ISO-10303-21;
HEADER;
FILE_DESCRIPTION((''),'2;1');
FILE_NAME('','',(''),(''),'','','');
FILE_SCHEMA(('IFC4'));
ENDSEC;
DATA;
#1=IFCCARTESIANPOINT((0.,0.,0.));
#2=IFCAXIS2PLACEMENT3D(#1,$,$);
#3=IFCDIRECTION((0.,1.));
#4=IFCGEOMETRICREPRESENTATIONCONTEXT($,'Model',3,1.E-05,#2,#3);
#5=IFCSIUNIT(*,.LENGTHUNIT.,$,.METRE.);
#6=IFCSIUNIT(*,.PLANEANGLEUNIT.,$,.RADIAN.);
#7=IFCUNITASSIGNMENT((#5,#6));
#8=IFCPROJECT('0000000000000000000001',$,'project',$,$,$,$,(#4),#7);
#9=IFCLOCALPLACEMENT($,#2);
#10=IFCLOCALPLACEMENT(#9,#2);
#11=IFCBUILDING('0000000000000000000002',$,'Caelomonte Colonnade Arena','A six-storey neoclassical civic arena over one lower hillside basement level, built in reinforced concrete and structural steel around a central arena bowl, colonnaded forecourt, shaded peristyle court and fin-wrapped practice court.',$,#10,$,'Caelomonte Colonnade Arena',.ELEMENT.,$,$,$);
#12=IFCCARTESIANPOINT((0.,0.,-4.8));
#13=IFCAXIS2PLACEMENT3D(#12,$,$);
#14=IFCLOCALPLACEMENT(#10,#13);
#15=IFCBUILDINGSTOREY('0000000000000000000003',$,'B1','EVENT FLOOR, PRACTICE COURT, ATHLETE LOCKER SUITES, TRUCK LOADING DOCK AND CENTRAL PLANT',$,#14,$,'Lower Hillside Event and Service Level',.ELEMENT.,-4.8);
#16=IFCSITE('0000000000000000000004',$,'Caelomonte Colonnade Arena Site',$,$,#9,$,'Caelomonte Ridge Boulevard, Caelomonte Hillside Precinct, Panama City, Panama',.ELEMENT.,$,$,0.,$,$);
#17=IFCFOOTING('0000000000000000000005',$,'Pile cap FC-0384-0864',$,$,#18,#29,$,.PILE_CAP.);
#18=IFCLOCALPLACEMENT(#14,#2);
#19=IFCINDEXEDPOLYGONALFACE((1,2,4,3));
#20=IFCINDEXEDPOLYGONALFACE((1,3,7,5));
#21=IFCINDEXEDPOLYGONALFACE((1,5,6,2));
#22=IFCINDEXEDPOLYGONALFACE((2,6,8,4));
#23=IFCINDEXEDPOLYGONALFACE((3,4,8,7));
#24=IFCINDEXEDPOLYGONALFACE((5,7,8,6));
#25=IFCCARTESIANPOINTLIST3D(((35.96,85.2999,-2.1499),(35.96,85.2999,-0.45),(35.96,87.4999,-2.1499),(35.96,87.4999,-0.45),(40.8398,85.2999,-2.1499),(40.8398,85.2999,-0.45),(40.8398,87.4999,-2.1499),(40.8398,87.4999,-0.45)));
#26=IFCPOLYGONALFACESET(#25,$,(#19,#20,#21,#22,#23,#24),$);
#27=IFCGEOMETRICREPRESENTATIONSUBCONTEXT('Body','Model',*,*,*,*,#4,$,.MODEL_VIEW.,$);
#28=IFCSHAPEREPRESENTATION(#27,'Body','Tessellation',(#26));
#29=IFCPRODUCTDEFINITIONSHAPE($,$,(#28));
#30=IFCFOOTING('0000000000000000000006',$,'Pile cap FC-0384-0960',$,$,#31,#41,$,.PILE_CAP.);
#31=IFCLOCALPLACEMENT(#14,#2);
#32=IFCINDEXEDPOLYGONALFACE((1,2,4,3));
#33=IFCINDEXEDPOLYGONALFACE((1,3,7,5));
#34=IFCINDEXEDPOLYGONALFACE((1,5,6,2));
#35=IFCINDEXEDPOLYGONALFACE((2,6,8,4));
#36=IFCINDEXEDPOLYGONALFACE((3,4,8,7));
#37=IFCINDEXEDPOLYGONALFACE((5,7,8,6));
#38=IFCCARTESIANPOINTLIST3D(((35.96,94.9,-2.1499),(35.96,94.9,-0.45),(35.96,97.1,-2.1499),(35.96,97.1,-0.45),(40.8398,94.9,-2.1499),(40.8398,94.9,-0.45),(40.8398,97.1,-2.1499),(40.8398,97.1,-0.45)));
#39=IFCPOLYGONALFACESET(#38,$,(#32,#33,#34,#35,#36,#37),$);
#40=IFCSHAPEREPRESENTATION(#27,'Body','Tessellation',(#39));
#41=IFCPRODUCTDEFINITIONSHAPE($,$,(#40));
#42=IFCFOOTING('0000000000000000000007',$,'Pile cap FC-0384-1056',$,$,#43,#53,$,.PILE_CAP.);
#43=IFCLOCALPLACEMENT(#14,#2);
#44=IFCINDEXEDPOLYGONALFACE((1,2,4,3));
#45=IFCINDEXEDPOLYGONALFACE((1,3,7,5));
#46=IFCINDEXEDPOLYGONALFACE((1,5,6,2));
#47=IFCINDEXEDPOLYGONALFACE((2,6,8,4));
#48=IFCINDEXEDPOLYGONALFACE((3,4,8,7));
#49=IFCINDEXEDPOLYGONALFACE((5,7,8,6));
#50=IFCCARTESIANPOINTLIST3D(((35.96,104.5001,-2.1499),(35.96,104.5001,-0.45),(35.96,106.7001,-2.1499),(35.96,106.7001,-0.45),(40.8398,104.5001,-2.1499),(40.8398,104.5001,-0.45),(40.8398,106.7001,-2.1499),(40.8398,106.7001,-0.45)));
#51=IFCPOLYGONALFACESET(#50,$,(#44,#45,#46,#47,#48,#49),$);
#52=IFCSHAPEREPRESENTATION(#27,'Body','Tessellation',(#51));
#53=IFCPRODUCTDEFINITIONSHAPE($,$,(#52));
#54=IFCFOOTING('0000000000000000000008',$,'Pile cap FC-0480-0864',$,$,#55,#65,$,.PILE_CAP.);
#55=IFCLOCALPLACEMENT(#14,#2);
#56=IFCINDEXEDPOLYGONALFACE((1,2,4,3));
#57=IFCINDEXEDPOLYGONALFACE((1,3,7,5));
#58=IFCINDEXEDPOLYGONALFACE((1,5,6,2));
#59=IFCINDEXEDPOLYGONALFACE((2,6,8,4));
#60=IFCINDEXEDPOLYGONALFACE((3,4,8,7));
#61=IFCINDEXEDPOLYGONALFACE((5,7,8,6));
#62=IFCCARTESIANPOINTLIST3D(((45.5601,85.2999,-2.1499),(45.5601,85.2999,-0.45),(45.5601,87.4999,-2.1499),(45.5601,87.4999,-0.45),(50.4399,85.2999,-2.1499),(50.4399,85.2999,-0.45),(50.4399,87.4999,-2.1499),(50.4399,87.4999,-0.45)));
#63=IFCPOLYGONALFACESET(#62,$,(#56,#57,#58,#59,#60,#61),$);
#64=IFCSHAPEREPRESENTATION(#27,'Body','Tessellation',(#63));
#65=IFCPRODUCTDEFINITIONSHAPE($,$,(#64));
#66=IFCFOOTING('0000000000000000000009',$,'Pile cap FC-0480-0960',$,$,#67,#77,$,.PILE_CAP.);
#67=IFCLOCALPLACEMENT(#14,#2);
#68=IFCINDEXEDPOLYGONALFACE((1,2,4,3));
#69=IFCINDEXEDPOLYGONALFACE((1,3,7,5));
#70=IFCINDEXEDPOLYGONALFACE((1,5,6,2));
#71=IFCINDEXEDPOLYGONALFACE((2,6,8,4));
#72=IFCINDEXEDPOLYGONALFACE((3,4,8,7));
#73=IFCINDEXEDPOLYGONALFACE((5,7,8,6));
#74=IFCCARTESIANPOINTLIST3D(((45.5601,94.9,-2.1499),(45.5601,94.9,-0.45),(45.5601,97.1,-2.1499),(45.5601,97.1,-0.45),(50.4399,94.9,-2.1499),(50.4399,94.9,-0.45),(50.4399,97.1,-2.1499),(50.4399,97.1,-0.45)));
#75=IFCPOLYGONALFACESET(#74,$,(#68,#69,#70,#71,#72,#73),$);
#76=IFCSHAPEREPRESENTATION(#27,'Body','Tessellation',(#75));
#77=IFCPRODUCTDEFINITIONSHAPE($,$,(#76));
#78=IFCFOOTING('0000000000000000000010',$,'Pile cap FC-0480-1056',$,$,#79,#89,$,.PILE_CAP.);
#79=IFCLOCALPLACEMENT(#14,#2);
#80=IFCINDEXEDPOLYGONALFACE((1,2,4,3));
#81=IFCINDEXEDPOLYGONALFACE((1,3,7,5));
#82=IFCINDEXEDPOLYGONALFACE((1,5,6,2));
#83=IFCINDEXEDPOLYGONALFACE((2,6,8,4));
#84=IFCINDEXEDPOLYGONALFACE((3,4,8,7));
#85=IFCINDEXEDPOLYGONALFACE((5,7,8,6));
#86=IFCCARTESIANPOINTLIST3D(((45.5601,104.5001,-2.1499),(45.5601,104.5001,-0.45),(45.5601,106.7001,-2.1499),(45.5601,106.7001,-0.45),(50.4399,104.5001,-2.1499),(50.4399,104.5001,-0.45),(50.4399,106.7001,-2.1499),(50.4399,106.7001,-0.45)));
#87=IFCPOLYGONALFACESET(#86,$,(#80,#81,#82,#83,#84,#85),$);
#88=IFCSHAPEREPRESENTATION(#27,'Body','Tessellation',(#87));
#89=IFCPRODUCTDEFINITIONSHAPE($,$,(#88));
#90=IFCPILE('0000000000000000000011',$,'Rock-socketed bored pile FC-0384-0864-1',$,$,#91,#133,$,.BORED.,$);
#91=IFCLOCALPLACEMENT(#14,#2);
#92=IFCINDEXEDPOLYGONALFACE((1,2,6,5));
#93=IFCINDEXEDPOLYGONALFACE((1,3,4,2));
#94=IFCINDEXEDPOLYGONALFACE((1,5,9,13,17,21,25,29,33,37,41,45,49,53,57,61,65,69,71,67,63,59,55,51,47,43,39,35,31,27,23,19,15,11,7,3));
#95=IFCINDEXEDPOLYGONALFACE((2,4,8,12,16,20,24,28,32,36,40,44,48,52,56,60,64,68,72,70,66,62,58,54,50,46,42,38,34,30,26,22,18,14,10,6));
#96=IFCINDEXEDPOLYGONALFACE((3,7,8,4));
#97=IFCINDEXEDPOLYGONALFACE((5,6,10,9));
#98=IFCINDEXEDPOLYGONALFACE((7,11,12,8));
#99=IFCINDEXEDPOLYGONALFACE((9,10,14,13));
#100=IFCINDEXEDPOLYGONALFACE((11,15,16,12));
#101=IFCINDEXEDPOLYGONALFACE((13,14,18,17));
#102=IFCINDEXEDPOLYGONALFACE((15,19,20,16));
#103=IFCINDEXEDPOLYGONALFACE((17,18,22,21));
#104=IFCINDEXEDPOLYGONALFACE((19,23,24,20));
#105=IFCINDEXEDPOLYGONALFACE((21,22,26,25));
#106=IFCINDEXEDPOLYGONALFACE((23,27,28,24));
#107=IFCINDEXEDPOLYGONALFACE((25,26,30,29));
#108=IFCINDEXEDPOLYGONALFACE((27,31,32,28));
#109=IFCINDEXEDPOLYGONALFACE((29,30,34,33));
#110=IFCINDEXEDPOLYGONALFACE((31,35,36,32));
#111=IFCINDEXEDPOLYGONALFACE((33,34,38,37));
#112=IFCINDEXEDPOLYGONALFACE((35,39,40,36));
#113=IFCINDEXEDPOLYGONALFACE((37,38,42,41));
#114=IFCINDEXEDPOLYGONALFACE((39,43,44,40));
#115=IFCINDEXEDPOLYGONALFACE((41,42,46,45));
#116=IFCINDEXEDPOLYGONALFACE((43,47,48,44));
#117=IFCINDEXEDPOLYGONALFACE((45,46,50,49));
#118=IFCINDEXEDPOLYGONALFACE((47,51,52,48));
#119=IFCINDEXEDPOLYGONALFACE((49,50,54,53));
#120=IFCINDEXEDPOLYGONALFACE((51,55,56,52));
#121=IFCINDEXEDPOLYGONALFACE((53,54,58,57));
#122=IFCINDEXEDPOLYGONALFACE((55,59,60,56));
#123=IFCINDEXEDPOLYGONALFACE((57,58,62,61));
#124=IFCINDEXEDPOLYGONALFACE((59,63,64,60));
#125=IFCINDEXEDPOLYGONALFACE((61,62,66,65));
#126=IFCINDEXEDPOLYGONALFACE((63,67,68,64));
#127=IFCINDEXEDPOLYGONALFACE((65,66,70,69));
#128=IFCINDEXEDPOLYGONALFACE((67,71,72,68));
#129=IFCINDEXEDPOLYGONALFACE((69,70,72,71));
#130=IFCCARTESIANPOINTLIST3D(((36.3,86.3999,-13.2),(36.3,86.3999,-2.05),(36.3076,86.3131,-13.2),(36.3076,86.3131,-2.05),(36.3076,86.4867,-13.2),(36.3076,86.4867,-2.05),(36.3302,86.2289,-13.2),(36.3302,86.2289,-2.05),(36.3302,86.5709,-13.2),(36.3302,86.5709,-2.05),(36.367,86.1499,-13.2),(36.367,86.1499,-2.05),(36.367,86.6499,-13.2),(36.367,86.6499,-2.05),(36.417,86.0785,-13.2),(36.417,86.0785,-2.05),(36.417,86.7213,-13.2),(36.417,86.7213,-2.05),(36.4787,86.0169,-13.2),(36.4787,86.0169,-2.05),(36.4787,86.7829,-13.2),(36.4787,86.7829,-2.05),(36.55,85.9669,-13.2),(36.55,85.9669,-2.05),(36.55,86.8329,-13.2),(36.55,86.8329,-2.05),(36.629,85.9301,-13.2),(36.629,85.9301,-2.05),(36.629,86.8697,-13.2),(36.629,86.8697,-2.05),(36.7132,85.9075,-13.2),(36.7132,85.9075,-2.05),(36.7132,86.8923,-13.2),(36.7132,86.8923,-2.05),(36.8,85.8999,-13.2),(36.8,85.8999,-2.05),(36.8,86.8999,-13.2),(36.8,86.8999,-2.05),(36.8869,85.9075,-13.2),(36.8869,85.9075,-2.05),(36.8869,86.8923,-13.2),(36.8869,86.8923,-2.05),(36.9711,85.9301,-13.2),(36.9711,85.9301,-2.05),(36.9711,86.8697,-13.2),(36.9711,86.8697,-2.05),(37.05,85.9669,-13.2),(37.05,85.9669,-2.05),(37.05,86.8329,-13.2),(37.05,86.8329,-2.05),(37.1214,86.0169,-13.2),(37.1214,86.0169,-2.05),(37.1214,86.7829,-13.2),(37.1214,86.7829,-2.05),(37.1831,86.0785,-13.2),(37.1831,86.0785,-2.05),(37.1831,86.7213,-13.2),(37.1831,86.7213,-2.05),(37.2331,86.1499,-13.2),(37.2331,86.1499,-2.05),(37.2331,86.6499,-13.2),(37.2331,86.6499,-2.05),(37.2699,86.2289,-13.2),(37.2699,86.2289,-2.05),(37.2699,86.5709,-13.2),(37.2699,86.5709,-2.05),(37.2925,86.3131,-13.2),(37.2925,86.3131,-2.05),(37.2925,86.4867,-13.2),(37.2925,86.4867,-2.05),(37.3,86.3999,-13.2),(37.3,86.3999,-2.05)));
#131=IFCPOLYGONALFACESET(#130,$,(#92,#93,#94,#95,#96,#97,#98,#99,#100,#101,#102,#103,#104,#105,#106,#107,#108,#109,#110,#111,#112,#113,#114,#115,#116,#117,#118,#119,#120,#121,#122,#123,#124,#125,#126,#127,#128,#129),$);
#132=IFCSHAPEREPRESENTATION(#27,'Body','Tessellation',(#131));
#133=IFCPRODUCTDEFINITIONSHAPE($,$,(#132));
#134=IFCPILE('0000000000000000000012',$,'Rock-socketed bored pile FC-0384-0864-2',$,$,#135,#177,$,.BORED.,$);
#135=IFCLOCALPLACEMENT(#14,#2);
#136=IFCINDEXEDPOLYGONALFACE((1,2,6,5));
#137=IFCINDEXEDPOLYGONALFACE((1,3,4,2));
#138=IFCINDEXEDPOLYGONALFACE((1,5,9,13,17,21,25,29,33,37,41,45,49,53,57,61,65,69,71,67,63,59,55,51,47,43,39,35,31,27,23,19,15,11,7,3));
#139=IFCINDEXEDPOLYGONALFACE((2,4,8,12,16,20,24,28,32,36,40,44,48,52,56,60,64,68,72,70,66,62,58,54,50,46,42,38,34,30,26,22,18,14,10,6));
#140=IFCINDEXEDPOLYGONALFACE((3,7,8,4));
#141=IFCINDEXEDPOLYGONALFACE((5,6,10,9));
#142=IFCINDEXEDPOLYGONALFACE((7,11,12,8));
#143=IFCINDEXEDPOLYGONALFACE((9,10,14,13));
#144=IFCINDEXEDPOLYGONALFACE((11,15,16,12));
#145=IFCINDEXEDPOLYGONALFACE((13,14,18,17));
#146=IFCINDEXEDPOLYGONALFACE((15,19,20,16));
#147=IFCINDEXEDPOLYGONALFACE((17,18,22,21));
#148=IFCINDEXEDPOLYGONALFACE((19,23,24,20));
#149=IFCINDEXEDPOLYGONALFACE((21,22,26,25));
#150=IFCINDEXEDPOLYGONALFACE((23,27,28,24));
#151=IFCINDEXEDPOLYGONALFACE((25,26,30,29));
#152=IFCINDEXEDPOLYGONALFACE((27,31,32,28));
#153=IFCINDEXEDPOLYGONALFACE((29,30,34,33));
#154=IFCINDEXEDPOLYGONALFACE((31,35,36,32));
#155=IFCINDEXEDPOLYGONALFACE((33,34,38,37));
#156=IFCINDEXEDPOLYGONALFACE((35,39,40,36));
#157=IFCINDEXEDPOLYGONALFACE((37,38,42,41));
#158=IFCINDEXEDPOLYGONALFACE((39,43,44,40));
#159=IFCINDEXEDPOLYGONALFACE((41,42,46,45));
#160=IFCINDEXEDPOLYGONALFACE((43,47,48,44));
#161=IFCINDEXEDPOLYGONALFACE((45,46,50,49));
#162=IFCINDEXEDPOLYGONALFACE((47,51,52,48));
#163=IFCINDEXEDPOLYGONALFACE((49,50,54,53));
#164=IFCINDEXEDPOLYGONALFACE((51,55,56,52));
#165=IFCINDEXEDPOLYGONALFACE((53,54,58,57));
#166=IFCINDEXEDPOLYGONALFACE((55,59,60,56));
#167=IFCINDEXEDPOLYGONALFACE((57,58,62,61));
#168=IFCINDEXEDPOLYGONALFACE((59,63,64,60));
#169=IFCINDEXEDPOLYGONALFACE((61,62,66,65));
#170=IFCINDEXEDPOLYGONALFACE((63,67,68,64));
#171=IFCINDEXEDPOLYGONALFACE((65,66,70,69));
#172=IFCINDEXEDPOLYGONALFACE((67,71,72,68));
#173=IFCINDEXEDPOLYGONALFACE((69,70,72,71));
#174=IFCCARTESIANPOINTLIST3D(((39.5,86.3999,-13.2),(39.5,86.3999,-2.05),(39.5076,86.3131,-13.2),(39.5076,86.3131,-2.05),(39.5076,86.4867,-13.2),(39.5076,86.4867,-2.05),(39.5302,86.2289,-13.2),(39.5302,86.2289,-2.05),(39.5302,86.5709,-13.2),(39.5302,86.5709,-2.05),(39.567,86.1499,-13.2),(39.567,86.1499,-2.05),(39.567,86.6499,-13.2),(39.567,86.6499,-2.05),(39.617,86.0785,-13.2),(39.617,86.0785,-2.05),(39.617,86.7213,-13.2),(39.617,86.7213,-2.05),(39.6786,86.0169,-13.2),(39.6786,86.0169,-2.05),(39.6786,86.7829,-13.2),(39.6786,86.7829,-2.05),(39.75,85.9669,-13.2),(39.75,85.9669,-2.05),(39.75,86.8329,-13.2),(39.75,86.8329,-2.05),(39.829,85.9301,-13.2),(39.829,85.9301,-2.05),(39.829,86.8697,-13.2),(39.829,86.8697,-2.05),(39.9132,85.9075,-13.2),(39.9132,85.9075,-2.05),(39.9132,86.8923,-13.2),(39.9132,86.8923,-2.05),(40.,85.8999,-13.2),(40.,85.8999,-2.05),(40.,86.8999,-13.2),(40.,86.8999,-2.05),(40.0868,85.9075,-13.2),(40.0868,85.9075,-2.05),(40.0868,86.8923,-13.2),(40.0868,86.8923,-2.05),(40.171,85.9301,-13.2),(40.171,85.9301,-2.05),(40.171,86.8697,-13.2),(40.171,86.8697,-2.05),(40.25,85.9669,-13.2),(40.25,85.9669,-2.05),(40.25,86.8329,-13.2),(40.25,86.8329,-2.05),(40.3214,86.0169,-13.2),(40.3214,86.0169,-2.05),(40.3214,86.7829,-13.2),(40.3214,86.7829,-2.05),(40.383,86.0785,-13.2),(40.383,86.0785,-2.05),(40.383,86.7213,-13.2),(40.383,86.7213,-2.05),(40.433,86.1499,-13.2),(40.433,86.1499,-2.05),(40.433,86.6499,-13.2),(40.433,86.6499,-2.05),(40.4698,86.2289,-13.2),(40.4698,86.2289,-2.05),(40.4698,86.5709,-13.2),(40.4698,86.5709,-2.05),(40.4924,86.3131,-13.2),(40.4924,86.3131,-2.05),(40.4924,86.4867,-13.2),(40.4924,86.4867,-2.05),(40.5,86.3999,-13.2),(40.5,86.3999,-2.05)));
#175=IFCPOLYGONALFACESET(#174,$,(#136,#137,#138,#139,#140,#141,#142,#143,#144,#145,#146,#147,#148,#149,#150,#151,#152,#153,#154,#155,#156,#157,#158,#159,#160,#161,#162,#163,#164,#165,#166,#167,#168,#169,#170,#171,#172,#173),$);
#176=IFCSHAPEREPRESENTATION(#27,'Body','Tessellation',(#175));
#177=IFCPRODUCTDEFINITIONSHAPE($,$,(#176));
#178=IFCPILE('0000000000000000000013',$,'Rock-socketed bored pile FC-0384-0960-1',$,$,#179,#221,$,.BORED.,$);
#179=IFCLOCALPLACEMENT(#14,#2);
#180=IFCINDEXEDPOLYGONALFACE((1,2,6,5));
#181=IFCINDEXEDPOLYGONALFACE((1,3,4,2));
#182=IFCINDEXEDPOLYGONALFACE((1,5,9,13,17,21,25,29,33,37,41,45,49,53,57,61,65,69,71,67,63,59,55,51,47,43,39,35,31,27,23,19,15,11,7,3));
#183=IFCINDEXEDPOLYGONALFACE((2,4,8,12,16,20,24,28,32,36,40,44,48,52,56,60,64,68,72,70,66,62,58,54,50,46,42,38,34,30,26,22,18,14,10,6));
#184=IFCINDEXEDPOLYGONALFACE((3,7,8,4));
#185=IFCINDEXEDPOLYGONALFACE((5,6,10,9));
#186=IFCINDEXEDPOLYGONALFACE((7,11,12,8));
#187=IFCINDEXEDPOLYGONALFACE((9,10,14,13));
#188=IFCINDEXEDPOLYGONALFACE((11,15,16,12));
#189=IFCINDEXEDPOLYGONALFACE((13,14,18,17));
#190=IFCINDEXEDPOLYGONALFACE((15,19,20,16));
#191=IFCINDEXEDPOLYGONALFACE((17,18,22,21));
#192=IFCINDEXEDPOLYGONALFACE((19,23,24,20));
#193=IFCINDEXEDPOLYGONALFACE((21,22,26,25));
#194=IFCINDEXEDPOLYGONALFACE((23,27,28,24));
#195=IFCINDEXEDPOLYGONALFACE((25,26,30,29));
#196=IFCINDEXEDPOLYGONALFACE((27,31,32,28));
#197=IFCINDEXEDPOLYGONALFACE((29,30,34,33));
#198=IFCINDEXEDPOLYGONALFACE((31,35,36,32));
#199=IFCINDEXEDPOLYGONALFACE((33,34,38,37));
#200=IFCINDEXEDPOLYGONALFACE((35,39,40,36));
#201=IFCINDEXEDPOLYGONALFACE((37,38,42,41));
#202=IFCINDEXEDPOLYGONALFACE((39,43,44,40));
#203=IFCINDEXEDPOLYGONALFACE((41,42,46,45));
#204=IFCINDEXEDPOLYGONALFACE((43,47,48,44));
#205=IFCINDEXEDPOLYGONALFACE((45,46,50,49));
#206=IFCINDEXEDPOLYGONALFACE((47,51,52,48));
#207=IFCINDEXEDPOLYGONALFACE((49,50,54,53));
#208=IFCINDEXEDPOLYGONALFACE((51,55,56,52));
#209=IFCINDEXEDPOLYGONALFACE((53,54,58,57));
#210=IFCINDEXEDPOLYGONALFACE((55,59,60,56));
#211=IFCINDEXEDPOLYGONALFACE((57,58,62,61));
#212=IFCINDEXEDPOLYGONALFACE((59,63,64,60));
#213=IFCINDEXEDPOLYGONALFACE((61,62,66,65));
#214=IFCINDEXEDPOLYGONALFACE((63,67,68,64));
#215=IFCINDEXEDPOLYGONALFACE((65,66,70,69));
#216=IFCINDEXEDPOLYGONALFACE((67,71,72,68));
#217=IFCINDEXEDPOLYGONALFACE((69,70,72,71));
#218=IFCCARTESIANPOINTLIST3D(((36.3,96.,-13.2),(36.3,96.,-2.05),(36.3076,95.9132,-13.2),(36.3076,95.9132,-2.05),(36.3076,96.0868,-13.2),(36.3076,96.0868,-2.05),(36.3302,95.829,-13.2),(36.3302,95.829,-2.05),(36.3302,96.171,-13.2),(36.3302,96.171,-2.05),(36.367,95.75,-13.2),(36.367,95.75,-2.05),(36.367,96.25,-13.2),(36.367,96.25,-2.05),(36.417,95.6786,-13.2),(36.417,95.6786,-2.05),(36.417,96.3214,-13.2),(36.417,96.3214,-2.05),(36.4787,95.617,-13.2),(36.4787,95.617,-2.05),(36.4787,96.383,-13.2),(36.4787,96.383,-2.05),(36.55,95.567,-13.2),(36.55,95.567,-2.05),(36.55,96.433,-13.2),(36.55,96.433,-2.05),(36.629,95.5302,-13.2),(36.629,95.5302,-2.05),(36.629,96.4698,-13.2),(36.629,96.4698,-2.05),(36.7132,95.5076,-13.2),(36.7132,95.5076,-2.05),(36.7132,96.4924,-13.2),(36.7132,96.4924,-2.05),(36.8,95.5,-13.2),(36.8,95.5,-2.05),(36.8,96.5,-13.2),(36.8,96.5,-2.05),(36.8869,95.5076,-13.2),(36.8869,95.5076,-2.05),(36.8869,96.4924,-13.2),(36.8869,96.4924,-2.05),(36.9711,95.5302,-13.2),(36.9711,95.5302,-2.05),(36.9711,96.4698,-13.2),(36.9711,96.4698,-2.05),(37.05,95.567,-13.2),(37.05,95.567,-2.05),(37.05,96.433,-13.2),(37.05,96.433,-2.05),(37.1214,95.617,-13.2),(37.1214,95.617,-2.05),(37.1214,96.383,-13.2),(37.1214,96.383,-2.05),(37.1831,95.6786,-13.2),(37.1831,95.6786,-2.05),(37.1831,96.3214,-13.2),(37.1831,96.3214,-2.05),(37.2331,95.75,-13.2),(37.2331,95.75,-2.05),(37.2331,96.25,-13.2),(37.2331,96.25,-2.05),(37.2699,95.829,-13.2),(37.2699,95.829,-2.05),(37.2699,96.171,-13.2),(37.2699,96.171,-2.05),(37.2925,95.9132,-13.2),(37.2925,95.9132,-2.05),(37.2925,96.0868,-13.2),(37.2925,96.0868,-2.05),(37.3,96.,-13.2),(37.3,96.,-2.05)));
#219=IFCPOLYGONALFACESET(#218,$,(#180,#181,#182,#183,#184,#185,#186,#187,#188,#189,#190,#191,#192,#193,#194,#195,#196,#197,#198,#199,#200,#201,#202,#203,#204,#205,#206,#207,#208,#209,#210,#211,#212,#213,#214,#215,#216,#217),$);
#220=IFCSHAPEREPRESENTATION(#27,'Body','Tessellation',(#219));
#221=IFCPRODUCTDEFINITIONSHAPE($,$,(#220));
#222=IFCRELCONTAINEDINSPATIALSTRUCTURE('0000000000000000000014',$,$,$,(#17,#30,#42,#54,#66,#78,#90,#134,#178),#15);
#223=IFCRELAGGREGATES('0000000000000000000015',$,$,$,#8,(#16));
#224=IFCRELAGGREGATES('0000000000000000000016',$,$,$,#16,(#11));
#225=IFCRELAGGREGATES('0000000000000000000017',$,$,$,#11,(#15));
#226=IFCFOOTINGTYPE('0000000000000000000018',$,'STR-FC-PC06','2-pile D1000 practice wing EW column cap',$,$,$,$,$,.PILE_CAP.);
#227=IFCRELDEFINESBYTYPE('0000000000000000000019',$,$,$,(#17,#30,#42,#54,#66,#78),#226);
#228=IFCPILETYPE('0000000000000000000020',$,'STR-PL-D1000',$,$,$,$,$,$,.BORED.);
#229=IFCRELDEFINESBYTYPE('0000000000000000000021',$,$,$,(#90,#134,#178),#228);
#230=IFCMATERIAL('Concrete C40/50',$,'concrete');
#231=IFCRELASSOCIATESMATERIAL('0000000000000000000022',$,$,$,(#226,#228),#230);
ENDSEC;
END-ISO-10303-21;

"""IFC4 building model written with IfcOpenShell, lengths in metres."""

from ifc_helpers import new_model, si_unit, direction, frame, origin, origin_2d, place, context, subcontext, project, spatial, rectangle, circle, extrude, material, material_profile, profile_set, type_object, element, save


model = new_model("IFC4")

# Units and contexts
model_context = context("Model", 3, precision=1e-05, world=origin(), true_north=direction((0.0, 1.0)))
body_context = subcontext(model_context, "Body", "Model", "MODEL_VIEW")
ifc_project = project(units=[si_unit("LENGTHUNIT", "METRE"), si_unit("PLANEANGLEUNIT", "RADIAN")], contexts=[model_context])

# Site, building, storey
site_placement = place(None, origin())
site = spatial("IfcSite", under=ifc_project, at=site_placement, Name="Caelomonte Colonnade Arena Site", LongName="Caelomonte Ridge Boulevard, Caelomonte Hillside Precinct, Panama City, Panama", CompositionType="ELEMENT", RefElevation=0.0)
building_placement = place(site_placement, origin())
building = spatial("IfcBuilding", under=site, at=building_placement, Name="Caelomonte Colonnade Arena", Description="A six-storey neoclassical civic arena over one lower hillside basement level, built in reinforced concrete and structural steel around a central arena bowl, colonnaded forecourt, shaded peristyle court and fin-wrapped practice court.", LongName="Caelomonte Colonnade Arena", CompositionType="ELEMENT")
storey_placement = place(building_placement, frame((0.0, 0.0, -4.8)))
storey = spatial("IfcBuildingStorey", under=building, at=storey_placement, Name="B1", Description="EVENT FLOOR, PRACTICE COURT, ATHLETE LOCKER SUITES, TRUCK LOADING DOCK AND CENTRAL PLANT", LongName="Lower Hillside Event and Service Level", CompositionType="ELEMENT", Elevation=-4.8)

# Footings
ifc_material_1 = material(Name="Concrete C40/50", Category="concrete")
footing_type = type_object("IfcFootingType", Name="STR-FC-PC06", Description="2-pile D1000 practice wing EW column cap", PredefinedType="PILE_CAP", material=ifc_material_1)
for number, where, z_axis, x_axis, name in (
    (1, (38.3999, 86.3999, -2.1499), (0.0, 0.0, 1.0), (1.0, 0.0, 0.0), "Pile cap FC-0384-0864"),
    (2, (38.3999, 96.0, -2.1499), (0.0, 0.0, 1.0), (1.0, 0.0, 0.0), "Pile cap FC-0384-0960"),
    (3, (38.3999, 105.6001, -2.1499), (0.0, 0.0, 1.0), (1.0, 0.0, 0.0), "Pile cap FC-0384-1056"),
    (4, (48.0, 86.3999, -2.1499), (0.0, 0.0, 1.0), (1.0, 0.0, 0.0), "Pile cap FC-0480-0864"),
    (5, (48.0, 96.0, -2.1499), (0.0, 0.0, 1.0), (1.0, 0.0, 0.0), "Pile cap FC-0480-0960"),
    (6, (48.0, 105.6001, -2.1499), (0.0, 0.0, 1.0), (1.0, 0.0, 0.0), "Pile cap FC-0480-1056"),
):
    element("IfcFooting", number, at=place(storey_placement, frame(where, z_axis=z_axis, x_axis=x_axis)), inside=storey, type_object=footing_type, Name=name, PredefinedType="PILE_CAP", context=body_context, shape_type="SweptSolid", body=[
        extrude(rectangle(XDim=4.8799, YDim=2.2, at=origin_2d()), origin(), (0.0, 0.0, 1.0), 1.7),
    ])

# Piles
ifc_material_profile_1 = material_profile(ifc_material_1, circle(Radius=0.5, at=origin_2d()), Name="PILE-D1000")
ifc_profile_set_1 = profile_set([ifc_material_profile_1], Name="Concrete C40/50")
pile_type_1 = type_object("IfcPileType", Name="STR-PL-D1000", PredefinedType="BORED", material=ifc_profile_set_1)
for number, where, z_axis, x_axis, name in (
    (7, (36.8, 86.3999, -2.05), (0.0, 0.0, -1.0), (1.0, 0.0, 0.0), "Rock-socketed bored pile FC-0384-0864-1"),
    (8, (40.0, 86.3999, -2.05), (0.0, 0.0, -1.0), (1.0, 0.0, 0.0), "Rock-socketed bored pile FC-0384-0864-2"),
    (9, (36.8, 96.0, -2.05), (0.0, 0.0, -1.0), (1.0, 0.0, 0.0), "Rock-socketed bored pile FC-0384-0960-1"),
):
    element("IfcPile", number, at=place(storey_placement, frame(where, z_axis=z_axis, x_axis=x_axis)), inside=storey, type_object=pile_type_1, Name=name, PredefinedType="BORED", context=body_context, shape_type="SweptSolid", body=[
        extrude(circle(Radius=0.5, at=origin_2d()), origin(), (0.0, 0.0, 1.0), 11.1499),
    ])

save(model, "model.ifc")
